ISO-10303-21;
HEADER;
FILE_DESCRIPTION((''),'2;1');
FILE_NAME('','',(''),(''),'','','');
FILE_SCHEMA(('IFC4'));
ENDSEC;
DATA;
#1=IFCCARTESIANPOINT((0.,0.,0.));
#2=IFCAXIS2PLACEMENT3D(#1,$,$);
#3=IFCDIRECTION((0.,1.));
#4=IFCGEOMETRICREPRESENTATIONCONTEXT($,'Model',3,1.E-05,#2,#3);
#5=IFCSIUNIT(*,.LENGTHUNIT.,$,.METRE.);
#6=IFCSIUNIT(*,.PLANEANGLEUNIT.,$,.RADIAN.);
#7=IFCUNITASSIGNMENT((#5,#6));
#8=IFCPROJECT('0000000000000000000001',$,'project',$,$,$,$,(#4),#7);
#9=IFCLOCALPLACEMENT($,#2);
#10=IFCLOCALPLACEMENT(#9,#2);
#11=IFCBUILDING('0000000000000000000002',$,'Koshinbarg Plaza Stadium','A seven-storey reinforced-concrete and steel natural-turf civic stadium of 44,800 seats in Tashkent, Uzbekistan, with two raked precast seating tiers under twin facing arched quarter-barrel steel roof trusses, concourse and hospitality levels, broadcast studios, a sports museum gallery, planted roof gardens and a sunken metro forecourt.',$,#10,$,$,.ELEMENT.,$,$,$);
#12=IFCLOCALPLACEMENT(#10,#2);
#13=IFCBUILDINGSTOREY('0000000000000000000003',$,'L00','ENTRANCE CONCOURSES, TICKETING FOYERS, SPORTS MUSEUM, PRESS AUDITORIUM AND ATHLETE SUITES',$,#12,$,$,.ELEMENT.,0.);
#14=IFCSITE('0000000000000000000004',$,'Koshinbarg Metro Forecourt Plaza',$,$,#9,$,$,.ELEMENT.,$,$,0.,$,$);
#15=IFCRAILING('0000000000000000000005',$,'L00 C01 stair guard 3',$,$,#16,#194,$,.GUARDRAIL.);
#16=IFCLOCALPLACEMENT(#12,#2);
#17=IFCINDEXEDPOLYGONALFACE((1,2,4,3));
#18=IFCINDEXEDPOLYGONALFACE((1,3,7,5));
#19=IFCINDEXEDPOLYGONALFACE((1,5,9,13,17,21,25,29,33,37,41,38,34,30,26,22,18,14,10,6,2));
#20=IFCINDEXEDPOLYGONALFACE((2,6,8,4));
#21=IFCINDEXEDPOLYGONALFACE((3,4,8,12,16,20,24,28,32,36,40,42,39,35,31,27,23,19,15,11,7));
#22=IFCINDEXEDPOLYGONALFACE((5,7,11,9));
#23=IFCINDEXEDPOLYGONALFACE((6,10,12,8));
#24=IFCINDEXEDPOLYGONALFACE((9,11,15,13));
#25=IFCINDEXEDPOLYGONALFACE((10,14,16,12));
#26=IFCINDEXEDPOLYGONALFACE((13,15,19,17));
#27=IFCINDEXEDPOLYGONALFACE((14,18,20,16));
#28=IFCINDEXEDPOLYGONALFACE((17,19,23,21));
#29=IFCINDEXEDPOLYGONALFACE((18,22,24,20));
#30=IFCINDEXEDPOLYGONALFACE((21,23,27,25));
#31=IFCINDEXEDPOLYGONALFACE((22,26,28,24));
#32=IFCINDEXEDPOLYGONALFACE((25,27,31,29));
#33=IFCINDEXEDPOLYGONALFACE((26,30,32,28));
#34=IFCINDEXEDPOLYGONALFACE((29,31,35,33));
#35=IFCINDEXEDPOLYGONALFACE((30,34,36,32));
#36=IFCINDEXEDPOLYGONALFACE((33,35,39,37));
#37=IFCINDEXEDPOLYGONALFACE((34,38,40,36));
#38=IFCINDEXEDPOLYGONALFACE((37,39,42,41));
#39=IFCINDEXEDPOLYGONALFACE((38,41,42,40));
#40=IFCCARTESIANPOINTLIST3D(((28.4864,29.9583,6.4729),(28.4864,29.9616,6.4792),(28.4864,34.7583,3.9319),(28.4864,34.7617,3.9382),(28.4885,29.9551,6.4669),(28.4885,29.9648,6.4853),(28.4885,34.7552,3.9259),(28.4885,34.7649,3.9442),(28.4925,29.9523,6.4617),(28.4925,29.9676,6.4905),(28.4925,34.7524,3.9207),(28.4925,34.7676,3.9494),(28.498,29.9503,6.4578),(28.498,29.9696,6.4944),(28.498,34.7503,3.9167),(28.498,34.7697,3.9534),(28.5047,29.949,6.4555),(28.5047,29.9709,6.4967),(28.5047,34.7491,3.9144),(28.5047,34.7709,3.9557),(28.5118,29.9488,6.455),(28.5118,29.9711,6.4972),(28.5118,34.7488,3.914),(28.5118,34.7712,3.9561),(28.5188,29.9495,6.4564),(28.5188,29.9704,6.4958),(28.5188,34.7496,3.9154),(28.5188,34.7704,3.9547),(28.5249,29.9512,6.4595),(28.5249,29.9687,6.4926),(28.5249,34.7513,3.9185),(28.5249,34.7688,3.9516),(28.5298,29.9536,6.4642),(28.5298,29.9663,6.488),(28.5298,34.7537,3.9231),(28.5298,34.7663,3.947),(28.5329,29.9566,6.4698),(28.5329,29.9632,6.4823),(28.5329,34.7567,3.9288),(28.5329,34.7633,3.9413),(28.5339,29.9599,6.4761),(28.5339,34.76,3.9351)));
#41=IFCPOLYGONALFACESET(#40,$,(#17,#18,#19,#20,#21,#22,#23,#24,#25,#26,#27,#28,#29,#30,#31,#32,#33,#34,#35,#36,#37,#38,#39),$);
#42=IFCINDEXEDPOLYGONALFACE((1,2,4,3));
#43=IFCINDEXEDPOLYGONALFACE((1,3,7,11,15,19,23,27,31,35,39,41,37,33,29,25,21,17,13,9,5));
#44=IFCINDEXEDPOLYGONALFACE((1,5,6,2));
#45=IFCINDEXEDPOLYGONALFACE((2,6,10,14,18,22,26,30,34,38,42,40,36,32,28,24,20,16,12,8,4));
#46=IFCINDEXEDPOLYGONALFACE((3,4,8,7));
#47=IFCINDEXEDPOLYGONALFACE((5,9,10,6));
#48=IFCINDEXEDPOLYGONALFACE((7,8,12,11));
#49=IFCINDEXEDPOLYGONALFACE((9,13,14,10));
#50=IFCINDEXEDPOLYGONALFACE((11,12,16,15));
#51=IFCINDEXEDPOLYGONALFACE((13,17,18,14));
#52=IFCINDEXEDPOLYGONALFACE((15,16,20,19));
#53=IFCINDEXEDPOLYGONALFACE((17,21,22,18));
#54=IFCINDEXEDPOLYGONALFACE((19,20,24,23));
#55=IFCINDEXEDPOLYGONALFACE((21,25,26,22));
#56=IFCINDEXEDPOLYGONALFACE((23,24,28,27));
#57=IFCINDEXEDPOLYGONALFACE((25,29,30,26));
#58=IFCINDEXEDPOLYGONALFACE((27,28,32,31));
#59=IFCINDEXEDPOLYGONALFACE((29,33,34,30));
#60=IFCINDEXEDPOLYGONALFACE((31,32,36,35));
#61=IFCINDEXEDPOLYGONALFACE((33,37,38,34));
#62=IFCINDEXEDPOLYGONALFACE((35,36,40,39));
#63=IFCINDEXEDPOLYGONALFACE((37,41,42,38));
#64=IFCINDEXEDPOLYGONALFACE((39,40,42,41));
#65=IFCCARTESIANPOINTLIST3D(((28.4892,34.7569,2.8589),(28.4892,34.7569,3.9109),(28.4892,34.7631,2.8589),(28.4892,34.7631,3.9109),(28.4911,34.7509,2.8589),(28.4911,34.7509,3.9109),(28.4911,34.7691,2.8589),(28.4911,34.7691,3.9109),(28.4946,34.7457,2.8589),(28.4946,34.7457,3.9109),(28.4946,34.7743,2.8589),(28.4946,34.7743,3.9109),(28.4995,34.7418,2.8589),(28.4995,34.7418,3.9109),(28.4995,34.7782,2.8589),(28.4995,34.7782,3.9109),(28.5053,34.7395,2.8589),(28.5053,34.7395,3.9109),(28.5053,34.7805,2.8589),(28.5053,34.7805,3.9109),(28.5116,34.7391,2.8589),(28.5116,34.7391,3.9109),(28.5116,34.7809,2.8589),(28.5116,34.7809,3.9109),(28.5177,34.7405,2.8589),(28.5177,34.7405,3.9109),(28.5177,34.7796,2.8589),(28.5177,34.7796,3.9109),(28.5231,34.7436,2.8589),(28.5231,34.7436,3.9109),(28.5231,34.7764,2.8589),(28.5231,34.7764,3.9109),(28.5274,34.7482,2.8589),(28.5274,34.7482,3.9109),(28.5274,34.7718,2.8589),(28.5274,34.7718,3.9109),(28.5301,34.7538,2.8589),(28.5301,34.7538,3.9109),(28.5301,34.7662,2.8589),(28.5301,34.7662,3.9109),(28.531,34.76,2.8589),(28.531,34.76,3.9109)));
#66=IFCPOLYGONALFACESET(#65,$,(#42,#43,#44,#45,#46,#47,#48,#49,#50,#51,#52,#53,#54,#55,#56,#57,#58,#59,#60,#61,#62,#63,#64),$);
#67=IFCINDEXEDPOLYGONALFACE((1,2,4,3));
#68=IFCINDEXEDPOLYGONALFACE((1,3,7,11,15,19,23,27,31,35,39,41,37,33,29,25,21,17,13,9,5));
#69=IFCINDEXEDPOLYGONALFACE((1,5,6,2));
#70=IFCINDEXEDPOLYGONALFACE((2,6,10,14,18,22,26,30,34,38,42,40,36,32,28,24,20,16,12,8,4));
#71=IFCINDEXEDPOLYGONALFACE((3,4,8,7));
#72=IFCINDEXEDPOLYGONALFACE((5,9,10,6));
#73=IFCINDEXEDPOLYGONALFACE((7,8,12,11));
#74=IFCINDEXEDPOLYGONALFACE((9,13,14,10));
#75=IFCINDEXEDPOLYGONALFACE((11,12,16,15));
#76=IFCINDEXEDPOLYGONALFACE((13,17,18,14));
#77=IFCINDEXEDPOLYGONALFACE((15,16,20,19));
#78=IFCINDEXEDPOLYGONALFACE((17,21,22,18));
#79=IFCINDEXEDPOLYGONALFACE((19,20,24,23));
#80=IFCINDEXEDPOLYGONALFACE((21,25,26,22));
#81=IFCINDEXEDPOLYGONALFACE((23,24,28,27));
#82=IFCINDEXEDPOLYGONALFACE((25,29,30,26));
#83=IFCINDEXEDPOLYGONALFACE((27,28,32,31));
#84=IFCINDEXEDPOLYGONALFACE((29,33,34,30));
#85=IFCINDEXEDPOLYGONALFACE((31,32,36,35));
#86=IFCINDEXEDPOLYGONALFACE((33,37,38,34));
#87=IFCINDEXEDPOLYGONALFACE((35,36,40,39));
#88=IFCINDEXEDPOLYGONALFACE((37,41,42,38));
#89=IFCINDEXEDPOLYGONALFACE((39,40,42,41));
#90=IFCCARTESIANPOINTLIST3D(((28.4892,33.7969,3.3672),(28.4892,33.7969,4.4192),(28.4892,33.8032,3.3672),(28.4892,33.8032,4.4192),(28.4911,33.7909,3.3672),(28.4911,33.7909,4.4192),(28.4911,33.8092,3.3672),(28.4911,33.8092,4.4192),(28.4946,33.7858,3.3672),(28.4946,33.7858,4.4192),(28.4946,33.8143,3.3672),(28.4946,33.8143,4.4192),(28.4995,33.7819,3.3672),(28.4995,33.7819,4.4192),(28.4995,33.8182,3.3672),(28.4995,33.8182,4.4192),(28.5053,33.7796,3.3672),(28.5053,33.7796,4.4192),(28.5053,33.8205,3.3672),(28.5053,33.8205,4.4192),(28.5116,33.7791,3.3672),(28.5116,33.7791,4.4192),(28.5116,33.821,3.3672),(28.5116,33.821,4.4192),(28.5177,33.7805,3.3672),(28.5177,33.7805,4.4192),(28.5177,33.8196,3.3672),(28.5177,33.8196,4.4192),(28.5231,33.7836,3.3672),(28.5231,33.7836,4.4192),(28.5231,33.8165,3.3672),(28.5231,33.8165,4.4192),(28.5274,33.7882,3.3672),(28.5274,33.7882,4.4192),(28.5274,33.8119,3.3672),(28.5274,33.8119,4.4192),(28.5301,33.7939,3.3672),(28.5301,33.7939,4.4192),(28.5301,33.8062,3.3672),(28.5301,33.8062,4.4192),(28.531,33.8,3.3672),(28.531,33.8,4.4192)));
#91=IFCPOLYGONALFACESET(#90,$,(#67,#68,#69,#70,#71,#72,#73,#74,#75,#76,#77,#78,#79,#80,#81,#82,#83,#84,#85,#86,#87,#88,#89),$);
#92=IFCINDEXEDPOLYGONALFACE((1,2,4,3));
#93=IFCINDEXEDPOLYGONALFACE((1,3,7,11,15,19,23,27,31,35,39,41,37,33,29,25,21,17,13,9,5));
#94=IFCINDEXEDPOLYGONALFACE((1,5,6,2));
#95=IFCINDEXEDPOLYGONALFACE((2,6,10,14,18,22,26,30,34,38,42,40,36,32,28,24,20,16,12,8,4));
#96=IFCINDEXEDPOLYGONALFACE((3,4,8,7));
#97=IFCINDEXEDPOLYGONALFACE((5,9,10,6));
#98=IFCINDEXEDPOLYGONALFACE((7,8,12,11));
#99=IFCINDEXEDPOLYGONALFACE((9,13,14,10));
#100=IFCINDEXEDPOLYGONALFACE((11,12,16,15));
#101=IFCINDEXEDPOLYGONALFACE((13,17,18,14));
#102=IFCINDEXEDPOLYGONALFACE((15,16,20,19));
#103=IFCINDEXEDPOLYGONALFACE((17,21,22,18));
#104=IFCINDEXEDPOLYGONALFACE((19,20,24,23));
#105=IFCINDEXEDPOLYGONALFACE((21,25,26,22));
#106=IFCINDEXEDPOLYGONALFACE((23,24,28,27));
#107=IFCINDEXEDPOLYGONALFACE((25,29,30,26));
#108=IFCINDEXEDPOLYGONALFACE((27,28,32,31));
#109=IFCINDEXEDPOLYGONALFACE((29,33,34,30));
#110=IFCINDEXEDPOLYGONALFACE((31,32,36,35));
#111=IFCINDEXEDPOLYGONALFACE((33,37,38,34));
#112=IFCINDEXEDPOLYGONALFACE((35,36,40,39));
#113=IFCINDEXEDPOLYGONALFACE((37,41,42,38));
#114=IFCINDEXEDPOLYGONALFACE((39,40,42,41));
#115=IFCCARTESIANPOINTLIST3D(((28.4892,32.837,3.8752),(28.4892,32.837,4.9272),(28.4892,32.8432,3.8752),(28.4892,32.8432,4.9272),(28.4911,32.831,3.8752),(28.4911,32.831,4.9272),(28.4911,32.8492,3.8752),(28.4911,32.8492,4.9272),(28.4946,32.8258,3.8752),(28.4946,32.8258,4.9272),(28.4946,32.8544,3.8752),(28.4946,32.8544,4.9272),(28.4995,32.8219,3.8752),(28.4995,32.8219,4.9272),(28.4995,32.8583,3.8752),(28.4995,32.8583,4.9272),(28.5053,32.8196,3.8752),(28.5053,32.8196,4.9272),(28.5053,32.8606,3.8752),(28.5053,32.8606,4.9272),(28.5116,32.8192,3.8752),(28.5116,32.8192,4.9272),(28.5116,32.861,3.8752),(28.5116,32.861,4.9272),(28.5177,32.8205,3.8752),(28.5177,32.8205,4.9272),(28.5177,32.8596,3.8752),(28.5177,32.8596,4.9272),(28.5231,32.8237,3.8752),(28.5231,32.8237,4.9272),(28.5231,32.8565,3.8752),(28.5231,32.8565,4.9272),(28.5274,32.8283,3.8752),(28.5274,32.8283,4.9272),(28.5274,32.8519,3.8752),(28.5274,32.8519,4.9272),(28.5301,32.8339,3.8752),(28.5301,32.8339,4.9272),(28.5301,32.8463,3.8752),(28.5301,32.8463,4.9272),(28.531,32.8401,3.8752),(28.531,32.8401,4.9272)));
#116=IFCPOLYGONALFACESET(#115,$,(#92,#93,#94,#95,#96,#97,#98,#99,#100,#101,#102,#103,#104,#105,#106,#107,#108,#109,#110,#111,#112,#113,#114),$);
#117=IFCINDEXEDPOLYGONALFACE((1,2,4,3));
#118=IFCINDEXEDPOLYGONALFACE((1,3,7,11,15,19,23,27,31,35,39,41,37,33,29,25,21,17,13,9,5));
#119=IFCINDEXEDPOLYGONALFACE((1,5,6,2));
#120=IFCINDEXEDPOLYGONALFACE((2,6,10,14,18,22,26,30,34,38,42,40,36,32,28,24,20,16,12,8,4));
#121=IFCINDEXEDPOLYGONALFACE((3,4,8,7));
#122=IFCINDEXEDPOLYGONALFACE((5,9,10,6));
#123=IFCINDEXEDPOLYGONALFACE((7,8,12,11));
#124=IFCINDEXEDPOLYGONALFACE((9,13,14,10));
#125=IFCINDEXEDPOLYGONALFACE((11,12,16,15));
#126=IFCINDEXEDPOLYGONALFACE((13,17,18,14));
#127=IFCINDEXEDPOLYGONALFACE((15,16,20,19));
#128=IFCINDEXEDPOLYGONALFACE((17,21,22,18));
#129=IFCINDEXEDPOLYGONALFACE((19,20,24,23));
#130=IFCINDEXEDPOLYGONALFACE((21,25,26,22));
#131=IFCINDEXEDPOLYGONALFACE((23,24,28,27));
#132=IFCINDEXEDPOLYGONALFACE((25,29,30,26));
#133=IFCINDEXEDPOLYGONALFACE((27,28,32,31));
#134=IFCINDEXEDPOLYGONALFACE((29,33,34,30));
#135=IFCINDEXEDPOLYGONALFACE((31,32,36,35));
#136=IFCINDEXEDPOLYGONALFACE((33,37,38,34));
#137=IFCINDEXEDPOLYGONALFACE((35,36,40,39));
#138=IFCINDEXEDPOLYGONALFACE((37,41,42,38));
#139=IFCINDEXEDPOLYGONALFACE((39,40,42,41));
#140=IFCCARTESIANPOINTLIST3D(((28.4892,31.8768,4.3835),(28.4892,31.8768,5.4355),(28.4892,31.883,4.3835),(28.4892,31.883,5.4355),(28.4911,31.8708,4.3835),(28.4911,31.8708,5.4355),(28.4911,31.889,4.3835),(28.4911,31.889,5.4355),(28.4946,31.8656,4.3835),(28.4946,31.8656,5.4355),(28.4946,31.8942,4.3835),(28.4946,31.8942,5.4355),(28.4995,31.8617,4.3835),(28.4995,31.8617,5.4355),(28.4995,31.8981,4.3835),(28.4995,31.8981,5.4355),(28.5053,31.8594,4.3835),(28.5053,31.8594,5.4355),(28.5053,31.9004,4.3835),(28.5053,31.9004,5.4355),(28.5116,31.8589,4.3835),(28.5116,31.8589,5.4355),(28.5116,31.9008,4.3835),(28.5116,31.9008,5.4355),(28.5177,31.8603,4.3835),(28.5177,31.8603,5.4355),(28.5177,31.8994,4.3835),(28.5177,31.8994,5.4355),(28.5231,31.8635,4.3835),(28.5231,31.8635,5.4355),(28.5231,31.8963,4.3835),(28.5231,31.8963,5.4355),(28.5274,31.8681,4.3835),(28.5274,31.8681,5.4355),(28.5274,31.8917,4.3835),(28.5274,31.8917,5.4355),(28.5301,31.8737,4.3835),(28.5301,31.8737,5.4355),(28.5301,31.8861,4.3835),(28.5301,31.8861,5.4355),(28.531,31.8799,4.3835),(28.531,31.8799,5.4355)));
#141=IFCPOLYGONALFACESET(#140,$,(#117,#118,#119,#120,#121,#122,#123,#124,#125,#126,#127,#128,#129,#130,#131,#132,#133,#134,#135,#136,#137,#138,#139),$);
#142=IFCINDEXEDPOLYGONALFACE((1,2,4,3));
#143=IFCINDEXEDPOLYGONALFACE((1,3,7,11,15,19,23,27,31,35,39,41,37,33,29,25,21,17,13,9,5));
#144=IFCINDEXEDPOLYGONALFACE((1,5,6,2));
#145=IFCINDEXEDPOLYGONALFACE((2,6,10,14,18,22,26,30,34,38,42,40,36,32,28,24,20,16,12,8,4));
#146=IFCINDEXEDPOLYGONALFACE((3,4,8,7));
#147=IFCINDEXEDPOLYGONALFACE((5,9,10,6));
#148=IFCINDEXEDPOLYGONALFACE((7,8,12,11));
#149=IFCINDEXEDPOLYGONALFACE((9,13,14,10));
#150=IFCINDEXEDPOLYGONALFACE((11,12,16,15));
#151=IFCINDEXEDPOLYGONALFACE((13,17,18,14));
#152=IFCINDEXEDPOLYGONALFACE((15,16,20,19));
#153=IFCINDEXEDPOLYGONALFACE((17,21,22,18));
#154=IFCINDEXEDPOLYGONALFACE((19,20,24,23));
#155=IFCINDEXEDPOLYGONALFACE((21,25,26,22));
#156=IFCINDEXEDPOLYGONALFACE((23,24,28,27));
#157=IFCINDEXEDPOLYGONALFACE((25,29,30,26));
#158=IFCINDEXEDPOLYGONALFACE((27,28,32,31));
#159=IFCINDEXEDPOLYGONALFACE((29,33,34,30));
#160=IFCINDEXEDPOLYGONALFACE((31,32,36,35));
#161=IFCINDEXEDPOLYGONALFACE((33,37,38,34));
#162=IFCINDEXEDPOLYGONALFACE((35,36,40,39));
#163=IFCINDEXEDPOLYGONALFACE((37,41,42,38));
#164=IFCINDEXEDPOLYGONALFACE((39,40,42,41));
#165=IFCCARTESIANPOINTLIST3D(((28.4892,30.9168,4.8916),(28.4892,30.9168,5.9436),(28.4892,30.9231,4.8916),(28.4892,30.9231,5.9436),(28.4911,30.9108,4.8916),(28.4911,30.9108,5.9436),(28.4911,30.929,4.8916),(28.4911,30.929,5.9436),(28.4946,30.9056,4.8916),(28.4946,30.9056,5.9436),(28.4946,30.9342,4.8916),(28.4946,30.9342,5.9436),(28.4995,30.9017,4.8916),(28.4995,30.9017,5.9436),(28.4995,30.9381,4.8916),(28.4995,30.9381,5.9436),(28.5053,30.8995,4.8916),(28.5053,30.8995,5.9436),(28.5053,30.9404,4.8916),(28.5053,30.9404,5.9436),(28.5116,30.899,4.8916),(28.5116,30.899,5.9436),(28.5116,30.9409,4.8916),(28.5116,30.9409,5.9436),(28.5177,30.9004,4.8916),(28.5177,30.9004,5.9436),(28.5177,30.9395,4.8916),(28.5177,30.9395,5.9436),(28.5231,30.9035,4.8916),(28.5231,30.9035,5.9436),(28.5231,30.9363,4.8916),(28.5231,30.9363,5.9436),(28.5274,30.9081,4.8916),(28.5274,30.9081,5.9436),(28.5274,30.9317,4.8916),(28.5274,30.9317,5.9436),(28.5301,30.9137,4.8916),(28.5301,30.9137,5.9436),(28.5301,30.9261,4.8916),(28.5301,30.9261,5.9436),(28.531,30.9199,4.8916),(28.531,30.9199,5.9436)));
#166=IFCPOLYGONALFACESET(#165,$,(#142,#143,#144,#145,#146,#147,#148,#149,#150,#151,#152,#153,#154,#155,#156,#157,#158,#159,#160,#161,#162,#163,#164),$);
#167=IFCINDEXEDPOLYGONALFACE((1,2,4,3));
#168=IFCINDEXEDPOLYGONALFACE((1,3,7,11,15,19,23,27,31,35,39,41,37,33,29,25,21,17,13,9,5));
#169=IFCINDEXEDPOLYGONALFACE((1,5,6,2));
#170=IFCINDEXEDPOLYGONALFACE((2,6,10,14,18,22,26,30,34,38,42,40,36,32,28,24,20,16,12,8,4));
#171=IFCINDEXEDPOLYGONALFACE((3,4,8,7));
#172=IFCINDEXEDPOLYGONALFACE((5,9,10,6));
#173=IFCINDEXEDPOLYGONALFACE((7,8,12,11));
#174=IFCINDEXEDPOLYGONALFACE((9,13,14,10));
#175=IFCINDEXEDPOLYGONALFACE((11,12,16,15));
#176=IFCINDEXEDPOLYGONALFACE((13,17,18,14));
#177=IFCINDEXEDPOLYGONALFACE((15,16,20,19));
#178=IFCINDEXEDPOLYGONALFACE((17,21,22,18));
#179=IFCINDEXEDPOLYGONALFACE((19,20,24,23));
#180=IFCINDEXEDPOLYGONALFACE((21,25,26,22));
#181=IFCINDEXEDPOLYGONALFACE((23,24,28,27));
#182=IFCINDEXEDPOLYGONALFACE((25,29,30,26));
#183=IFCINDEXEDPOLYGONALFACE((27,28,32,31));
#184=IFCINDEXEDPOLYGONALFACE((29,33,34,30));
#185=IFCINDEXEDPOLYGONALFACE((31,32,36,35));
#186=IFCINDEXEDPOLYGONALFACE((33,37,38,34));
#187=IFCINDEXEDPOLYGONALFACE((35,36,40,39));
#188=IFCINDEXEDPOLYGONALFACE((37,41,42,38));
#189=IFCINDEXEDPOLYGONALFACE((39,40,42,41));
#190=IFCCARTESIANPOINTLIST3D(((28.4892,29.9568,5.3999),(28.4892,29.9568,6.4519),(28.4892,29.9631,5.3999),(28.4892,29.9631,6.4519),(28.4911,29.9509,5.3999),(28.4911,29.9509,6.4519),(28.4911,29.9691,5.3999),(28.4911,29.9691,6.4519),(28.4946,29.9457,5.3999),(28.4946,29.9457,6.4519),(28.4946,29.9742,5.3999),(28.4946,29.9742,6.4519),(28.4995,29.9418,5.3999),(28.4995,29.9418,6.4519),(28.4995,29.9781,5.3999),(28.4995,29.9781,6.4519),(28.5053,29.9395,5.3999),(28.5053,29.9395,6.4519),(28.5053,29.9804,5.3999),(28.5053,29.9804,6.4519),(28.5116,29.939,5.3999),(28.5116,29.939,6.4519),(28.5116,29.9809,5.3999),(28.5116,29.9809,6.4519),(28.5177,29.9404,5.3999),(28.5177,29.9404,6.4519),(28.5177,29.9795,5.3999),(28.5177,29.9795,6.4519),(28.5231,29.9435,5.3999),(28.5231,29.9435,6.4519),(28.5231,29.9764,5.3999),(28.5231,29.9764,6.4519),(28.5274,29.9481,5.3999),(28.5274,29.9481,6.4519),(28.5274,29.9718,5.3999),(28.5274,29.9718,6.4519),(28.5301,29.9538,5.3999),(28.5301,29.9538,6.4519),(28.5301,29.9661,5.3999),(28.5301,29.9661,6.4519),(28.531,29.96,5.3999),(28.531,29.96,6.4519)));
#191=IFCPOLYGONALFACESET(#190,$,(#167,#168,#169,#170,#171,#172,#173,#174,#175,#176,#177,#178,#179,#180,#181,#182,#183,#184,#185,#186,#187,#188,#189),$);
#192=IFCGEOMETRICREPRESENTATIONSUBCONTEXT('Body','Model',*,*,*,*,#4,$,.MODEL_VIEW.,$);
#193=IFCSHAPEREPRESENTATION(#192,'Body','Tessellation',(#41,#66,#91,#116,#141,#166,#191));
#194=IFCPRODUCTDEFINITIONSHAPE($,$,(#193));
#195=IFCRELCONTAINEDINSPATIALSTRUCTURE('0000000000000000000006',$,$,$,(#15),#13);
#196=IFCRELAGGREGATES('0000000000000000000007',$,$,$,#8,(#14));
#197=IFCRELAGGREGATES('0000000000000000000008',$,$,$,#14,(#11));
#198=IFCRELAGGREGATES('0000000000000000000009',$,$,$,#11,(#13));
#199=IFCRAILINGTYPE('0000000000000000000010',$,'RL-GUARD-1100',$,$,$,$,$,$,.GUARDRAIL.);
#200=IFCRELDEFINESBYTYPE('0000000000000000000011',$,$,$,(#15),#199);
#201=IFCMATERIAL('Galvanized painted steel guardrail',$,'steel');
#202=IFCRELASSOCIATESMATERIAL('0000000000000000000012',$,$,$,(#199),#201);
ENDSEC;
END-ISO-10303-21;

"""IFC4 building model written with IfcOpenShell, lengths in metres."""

from ifc_helpers import new_model, si_unit, direction, frame, origin, origin_2d, place, context, subcontext, project, spatial, circle, extrude, material, type_object, element, save


model = new_model("IFC4")

# Units and contexts
model_context = context("Model", 3, precision=1e-05, world=origin(), true_north=direction((0.0, 1.0)))
body_context = subcontext(model_context, "Body", "Model", "MODEL_VIEW")
ifc_project = project(units=[si_unit("LENGTHUNIT", "METRE"), si_unit("PLANEANGLEUNIT", "RADIAN")], contexts=[model_context])

# Site, building, storey
site_placement = place(None, origin())
site = spatial("IfcSite", under=ifc_project, at=site_placement, Name="Koshinbarg Metro Forecourt Plaza", CompositionType="ELEMENT", RefElevation=0.0)
building_placement = place(site_placement, origin())
building = spatial("IfcBuilding", under=site, at=building_placement, Name="Koshinbarg Plaza Stadium", Description="A seven-storey reinforced-concrete and steel natural-turf civic stadium of 44,800 seats in Tashkent, Uzbekistan, with two raked precast seating tiers under twin facing arched quarter-barrel steel roof trusses, concourse and hospitality levels, broadcast studios, a sports museum gallery, planted roof gardens and a sunken metro forecourt.", CompositionType="ELEMENT")
storey_placement = place(building_placement, origin())
storey = spatial("IfcBuildingStorey", under=building, at=storey_placement, Name="L00", Description="ENTRANCE CONCOURSES, TICKETING FOYERS, SPORTS MUSEUM, PRESS AUDITORIUM AND ATHLETE SUITES", CompositionType="ELEMENT", Elevation=0.0)

# Railing
ifc_material_1 = material(Name="Galvanized painted steel guardrail", Category="steel")
railing_type_1 = type_object("IfcRailingType", Name="RL-GUARD-1100", PredefinedType="GUARDRAIL", material=ifc_material_1)
railing_1_placement = place(storey_placement, frame((28.51, 34.76, 2.8589)))
element("IfcRailing", 1, at=railing_1_placement, inside=storey, type_object=railing_type_1, Name="L00 C01 stair guard 3", PredefinedType="GUARDRAIL", context=body_context, shape_type="SweptSolid", body=[
    extrude(circle(Radius=0.0239, at=origin_2d()), frame((0.0, 0.0, 1.0762), z_axis=(0.0, -0.883802, 0.467861), x_axis=(1.0, 0.0, 0.0)), (0.0, 0.0, 1.0), 5.4312),
    extrude(circle(Radius=0.021, at=origin_2d()), origin(), (0.0, 0.0, 1.0), 1.052),
    extrude(circle(Radius=0.021, at=origin_2d()), frame((0.0, -0.96, 0.5083)), (0.0, 0.0, 1.0), 1.052),
    extrude(circle(Radius=0.021, at=origin_2d()), frame((0.0, -1.9199, 1.0164)), (0.0, 0.0, 1.0), 1.052),
    extrude(circle(Radius=0.021, at=origin_2d()), frame((0.0, -2.8801, 1.5247)), (0.0, 0.0, 1.0), 1.052),
    extrude(circle(Radius=0.021, at=origin_2d()), frame((0.0, -3.8401, 2.0327)), (0.0, 0.0, 1.0), 1.052),
    extrude(circle(Radius=0.021, at=origin_2d()), frame((0.0, -4.8, 2.541)), (0.0, 0.0, 1.0), 1.052),
])

save(model, "model.ifc")
